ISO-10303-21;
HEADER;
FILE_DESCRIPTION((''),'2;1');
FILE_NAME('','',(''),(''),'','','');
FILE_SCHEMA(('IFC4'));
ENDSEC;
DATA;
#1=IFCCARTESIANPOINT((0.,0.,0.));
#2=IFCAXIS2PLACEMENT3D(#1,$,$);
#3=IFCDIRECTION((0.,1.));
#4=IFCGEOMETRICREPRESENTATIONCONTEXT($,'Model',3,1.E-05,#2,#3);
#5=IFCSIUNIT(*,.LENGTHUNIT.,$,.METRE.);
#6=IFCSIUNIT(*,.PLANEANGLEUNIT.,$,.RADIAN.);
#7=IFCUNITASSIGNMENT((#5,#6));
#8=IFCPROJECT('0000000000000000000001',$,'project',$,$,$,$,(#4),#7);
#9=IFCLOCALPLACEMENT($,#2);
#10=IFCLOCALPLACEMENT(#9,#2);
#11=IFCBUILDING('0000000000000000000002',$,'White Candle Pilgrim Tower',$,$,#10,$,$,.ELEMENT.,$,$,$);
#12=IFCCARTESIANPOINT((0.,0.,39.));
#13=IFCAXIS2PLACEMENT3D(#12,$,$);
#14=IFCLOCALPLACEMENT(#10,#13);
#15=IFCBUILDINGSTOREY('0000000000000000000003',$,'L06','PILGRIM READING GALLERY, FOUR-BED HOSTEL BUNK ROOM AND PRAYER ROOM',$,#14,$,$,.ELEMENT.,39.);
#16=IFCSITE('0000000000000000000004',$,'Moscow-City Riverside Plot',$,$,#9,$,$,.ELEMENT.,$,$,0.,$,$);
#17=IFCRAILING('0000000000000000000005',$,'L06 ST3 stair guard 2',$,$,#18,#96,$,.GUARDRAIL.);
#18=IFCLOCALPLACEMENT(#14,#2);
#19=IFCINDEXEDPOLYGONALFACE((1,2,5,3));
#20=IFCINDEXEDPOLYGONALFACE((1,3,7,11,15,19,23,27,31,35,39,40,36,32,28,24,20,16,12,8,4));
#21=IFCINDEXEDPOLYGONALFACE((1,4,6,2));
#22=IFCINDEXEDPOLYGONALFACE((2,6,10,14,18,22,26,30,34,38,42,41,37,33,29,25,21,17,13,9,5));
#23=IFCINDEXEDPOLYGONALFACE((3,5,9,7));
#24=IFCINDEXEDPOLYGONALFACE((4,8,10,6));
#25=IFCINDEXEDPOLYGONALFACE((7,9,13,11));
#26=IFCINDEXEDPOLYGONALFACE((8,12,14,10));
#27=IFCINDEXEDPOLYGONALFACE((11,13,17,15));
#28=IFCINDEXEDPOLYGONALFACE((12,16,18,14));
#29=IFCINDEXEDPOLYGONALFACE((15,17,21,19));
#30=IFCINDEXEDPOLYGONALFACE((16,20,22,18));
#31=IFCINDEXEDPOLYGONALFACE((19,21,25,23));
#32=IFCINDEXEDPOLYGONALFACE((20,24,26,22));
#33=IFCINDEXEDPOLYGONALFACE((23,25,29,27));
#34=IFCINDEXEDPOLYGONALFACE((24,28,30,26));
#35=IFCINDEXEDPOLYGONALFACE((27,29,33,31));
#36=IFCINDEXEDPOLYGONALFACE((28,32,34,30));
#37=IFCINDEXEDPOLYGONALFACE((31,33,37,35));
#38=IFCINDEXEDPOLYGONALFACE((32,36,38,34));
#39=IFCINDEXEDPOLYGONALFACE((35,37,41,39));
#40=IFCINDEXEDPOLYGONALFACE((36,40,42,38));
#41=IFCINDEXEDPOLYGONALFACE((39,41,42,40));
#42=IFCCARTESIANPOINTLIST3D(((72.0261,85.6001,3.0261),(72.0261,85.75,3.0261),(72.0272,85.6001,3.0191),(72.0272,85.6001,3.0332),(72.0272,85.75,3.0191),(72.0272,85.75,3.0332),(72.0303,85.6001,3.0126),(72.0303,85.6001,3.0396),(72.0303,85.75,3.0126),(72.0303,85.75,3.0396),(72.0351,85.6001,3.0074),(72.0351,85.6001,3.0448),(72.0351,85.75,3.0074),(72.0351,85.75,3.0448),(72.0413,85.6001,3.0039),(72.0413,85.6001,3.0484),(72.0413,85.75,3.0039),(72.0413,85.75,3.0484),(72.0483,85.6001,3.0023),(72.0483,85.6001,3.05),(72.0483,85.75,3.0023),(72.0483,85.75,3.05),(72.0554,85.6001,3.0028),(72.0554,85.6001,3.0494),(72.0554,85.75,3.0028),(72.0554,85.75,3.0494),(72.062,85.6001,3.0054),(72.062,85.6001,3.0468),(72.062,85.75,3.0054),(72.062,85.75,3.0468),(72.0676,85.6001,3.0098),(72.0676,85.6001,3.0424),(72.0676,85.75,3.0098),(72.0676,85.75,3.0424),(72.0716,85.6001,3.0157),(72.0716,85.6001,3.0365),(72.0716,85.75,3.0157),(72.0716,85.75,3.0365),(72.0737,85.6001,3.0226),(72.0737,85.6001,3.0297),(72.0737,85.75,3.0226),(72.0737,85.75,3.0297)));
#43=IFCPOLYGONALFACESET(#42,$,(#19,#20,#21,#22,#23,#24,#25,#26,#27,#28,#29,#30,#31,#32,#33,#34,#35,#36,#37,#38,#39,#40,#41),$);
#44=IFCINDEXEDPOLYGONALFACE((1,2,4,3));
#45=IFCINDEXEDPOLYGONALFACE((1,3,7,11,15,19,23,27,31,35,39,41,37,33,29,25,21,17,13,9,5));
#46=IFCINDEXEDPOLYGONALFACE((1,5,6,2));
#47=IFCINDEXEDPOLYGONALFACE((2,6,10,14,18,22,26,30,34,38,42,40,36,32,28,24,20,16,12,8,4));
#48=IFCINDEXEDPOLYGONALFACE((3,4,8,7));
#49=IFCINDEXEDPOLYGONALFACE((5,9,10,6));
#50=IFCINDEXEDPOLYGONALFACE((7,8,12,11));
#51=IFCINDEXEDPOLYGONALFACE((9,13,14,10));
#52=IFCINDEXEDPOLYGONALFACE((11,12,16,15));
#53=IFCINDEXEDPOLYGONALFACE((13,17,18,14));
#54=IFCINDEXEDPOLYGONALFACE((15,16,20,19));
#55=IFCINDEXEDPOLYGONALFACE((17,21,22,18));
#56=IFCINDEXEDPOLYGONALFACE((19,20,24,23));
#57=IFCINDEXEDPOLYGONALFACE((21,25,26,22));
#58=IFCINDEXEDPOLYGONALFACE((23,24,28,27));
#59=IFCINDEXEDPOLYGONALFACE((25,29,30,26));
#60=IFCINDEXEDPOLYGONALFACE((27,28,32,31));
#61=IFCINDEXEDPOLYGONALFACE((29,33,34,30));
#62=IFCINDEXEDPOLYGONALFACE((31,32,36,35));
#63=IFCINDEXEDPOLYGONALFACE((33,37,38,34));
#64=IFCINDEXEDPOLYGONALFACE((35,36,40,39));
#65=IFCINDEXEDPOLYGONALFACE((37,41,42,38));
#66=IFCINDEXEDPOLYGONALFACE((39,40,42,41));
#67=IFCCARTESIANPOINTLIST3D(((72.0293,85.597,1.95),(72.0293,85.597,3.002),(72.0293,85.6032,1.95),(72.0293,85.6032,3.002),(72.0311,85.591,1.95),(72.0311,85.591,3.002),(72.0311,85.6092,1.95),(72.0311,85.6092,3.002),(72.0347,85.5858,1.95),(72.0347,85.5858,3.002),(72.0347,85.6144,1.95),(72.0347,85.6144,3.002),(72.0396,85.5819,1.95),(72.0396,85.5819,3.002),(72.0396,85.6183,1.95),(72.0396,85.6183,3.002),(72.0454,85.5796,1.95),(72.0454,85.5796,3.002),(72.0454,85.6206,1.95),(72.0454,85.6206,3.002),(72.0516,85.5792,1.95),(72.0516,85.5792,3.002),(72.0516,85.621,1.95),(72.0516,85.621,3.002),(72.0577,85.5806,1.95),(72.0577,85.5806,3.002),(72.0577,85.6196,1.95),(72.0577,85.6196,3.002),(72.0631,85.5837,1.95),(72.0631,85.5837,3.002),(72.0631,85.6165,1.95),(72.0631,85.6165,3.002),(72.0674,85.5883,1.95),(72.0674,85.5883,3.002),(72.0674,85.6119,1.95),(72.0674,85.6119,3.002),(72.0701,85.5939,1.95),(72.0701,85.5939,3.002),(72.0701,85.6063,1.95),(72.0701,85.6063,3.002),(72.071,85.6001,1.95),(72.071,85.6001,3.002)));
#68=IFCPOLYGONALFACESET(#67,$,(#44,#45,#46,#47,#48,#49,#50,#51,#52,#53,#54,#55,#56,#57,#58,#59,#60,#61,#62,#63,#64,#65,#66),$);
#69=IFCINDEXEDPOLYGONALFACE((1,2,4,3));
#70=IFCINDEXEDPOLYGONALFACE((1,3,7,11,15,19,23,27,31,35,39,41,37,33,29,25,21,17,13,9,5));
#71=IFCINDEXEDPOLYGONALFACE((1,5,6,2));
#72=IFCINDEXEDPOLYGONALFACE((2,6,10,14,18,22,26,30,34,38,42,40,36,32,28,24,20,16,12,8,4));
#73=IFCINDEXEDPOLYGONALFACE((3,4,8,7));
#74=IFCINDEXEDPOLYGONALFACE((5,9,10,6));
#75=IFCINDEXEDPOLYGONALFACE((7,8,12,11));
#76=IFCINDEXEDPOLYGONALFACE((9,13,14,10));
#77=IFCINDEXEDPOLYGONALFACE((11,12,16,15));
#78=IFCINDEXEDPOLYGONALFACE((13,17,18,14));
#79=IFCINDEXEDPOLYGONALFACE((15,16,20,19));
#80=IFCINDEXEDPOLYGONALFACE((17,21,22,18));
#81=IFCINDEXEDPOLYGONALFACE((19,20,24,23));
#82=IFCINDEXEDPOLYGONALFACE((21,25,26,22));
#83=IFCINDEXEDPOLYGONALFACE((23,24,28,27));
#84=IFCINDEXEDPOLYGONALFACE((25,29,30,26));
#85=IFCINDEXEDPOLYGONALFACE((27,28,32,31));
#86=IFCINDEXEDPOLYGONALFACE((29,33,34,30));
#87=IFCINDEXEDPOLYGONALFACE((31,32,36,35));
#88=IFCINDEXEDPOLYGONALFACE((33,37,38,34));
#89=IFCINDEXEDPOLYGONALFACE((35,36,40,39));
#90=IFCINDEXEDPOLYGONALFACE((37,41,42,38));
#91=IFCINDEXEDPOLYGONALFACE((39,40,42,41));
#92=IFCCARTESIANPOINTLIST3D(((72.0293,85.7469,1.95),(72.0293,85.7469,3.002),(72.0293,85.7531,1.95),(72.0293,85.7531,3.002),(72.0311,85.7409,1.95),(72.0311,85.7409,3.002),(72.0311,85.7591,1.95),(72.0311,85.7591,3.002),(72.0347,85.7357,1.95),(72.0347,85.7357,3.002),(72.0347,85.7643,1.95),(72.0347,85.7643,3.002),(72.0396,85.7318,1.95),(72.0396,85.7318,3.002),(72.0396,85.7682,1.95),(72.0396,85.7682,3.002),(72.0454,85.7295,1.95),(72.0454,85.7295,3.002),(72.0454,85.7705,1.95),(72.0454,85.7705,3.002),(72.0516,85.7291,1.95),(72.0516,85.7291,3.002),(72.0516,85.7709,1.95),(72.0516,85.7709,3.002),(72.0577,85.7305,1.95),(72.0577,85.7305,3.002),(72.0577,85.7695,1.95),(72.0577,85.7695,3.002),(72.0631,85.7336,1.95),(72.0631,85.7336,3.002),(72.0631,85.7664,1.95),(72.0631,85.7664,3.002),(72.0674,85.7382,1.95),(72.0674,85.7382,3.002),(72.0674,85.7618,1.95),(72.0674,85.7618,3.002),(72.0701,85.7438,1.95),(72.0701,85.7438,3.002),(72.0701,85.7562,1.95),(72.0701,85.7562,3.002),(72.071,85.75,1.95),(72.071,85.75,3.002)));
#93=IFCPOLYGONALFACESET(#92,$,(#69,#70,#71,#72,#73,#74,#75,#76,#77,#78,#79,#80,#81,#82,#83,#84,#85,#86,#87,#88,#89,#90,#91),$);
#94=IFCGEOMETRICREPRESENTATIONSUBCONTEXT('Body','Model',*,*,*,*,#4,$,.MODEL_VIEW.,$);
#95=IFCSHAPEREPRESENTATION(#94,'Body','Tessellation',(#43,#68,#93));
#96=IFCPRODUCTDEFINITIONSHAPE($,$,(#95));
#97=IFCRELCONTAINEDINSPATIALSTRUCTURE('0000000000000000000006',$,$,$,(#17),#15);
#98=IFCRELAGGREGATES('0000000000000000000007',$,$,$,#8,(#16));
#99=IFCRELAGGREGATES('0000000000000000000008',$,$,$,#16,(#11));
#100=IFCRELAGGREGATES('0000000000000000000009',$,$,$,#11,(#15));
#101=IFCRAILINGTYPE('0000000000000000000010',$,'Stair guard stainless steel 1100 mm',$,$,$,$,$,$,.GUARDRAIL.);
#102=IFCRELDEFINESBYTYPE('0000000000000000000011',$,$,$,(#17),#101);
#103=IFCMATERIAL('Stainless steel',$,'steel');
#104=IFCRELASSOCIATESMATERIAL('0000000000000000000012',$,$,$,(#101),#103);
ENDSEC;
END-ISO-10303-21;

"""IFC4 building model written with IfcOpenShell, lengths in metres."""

from ifc_helpers import new_model, si_unit, direction, frame, origin, origin_2d, place, context, subcontext, project, spatial, circle, extrude, material, type_object, element, save


model = new_model("IFC4")

# Units and contexts
model_context = context("Model", 3, precision=1e-05, world=origin(), true_north=direction((0.0, 1.0)))
body_context = subcontext(model_context, "Body", "Model", "MODEL_VIEW")
ifc_project = project(units=[si_unit("LENGTHUNIT", "METRE"), si_unit("PLANEANGLEUNIT", "RADIAN")], contexts=[model_context])

# Site, building, storey
site_placement = place(None, origin())
site = spatial("IfcSite", under=ifc_project, at=site_placement, Name="Moscow-City Riverside Plot", CompositionType="ELEMENT", RefElevation=0.0)
building_placement = place(site_placement, origin())
building = spatial("IfcBuilding", under=site, at=building_placement, Name="White Candle Pilgrim Tower", CompositionType="ELEMENT")
storey_placement = place(building_placement, frame((0.0, 0.0, 39.0)))
storey = spatial("IfcBuildingStorey", under=building, at=storey_placement, Name="L06", Description="PILGRIM READING GALLERY, FOUR-BED HOSTEL BUNK ROOM AND PRAYER ROOM", CompositionType="ELEMENT", Elevation=39.0)

# Railing
ifc_material_1 = material(Name="Stainless steel", Category="steel")
railing_type_1 = type_object("IfcRailingType", Name="Stair guard stainless steel 1100 mm", PredefinedType="GUARDRAIL", material=ifc_material_1)
railing_1_placement = place(storey_placement, frame((72.05, 85.6001, 1.95)))
element("IfcRailing", 1, at=railing_1_placement, inside=storey, type_object=railing_type_1, Name="L06 ST3 stair guard 2", PredefinedType="GUARDRAIL", context=body_context, shape_type="SweptSolid", body=[
    extrude(circle(Radius=0.0239, at=origin_2d()), frame((0.0, 0.0, 1.0762), z_axis=(0.0, 1.0, 0.0), x_axis=(-1.0, 0.0, 0.0)), (0.0, 0.0, 1.0), 0.1499),
    extrude(circle(Radius=0.021, at=origin_2d()), origin(), (0.0, 0.0, 1.0), 1.052),
    extrude(circle(Radius=0.021, at=origin_2d()), frame((0.0, 0.1499, 0.0)), (0.0, 0.0, 1.0), 1.052),
])

save(model, "model.ifc")
